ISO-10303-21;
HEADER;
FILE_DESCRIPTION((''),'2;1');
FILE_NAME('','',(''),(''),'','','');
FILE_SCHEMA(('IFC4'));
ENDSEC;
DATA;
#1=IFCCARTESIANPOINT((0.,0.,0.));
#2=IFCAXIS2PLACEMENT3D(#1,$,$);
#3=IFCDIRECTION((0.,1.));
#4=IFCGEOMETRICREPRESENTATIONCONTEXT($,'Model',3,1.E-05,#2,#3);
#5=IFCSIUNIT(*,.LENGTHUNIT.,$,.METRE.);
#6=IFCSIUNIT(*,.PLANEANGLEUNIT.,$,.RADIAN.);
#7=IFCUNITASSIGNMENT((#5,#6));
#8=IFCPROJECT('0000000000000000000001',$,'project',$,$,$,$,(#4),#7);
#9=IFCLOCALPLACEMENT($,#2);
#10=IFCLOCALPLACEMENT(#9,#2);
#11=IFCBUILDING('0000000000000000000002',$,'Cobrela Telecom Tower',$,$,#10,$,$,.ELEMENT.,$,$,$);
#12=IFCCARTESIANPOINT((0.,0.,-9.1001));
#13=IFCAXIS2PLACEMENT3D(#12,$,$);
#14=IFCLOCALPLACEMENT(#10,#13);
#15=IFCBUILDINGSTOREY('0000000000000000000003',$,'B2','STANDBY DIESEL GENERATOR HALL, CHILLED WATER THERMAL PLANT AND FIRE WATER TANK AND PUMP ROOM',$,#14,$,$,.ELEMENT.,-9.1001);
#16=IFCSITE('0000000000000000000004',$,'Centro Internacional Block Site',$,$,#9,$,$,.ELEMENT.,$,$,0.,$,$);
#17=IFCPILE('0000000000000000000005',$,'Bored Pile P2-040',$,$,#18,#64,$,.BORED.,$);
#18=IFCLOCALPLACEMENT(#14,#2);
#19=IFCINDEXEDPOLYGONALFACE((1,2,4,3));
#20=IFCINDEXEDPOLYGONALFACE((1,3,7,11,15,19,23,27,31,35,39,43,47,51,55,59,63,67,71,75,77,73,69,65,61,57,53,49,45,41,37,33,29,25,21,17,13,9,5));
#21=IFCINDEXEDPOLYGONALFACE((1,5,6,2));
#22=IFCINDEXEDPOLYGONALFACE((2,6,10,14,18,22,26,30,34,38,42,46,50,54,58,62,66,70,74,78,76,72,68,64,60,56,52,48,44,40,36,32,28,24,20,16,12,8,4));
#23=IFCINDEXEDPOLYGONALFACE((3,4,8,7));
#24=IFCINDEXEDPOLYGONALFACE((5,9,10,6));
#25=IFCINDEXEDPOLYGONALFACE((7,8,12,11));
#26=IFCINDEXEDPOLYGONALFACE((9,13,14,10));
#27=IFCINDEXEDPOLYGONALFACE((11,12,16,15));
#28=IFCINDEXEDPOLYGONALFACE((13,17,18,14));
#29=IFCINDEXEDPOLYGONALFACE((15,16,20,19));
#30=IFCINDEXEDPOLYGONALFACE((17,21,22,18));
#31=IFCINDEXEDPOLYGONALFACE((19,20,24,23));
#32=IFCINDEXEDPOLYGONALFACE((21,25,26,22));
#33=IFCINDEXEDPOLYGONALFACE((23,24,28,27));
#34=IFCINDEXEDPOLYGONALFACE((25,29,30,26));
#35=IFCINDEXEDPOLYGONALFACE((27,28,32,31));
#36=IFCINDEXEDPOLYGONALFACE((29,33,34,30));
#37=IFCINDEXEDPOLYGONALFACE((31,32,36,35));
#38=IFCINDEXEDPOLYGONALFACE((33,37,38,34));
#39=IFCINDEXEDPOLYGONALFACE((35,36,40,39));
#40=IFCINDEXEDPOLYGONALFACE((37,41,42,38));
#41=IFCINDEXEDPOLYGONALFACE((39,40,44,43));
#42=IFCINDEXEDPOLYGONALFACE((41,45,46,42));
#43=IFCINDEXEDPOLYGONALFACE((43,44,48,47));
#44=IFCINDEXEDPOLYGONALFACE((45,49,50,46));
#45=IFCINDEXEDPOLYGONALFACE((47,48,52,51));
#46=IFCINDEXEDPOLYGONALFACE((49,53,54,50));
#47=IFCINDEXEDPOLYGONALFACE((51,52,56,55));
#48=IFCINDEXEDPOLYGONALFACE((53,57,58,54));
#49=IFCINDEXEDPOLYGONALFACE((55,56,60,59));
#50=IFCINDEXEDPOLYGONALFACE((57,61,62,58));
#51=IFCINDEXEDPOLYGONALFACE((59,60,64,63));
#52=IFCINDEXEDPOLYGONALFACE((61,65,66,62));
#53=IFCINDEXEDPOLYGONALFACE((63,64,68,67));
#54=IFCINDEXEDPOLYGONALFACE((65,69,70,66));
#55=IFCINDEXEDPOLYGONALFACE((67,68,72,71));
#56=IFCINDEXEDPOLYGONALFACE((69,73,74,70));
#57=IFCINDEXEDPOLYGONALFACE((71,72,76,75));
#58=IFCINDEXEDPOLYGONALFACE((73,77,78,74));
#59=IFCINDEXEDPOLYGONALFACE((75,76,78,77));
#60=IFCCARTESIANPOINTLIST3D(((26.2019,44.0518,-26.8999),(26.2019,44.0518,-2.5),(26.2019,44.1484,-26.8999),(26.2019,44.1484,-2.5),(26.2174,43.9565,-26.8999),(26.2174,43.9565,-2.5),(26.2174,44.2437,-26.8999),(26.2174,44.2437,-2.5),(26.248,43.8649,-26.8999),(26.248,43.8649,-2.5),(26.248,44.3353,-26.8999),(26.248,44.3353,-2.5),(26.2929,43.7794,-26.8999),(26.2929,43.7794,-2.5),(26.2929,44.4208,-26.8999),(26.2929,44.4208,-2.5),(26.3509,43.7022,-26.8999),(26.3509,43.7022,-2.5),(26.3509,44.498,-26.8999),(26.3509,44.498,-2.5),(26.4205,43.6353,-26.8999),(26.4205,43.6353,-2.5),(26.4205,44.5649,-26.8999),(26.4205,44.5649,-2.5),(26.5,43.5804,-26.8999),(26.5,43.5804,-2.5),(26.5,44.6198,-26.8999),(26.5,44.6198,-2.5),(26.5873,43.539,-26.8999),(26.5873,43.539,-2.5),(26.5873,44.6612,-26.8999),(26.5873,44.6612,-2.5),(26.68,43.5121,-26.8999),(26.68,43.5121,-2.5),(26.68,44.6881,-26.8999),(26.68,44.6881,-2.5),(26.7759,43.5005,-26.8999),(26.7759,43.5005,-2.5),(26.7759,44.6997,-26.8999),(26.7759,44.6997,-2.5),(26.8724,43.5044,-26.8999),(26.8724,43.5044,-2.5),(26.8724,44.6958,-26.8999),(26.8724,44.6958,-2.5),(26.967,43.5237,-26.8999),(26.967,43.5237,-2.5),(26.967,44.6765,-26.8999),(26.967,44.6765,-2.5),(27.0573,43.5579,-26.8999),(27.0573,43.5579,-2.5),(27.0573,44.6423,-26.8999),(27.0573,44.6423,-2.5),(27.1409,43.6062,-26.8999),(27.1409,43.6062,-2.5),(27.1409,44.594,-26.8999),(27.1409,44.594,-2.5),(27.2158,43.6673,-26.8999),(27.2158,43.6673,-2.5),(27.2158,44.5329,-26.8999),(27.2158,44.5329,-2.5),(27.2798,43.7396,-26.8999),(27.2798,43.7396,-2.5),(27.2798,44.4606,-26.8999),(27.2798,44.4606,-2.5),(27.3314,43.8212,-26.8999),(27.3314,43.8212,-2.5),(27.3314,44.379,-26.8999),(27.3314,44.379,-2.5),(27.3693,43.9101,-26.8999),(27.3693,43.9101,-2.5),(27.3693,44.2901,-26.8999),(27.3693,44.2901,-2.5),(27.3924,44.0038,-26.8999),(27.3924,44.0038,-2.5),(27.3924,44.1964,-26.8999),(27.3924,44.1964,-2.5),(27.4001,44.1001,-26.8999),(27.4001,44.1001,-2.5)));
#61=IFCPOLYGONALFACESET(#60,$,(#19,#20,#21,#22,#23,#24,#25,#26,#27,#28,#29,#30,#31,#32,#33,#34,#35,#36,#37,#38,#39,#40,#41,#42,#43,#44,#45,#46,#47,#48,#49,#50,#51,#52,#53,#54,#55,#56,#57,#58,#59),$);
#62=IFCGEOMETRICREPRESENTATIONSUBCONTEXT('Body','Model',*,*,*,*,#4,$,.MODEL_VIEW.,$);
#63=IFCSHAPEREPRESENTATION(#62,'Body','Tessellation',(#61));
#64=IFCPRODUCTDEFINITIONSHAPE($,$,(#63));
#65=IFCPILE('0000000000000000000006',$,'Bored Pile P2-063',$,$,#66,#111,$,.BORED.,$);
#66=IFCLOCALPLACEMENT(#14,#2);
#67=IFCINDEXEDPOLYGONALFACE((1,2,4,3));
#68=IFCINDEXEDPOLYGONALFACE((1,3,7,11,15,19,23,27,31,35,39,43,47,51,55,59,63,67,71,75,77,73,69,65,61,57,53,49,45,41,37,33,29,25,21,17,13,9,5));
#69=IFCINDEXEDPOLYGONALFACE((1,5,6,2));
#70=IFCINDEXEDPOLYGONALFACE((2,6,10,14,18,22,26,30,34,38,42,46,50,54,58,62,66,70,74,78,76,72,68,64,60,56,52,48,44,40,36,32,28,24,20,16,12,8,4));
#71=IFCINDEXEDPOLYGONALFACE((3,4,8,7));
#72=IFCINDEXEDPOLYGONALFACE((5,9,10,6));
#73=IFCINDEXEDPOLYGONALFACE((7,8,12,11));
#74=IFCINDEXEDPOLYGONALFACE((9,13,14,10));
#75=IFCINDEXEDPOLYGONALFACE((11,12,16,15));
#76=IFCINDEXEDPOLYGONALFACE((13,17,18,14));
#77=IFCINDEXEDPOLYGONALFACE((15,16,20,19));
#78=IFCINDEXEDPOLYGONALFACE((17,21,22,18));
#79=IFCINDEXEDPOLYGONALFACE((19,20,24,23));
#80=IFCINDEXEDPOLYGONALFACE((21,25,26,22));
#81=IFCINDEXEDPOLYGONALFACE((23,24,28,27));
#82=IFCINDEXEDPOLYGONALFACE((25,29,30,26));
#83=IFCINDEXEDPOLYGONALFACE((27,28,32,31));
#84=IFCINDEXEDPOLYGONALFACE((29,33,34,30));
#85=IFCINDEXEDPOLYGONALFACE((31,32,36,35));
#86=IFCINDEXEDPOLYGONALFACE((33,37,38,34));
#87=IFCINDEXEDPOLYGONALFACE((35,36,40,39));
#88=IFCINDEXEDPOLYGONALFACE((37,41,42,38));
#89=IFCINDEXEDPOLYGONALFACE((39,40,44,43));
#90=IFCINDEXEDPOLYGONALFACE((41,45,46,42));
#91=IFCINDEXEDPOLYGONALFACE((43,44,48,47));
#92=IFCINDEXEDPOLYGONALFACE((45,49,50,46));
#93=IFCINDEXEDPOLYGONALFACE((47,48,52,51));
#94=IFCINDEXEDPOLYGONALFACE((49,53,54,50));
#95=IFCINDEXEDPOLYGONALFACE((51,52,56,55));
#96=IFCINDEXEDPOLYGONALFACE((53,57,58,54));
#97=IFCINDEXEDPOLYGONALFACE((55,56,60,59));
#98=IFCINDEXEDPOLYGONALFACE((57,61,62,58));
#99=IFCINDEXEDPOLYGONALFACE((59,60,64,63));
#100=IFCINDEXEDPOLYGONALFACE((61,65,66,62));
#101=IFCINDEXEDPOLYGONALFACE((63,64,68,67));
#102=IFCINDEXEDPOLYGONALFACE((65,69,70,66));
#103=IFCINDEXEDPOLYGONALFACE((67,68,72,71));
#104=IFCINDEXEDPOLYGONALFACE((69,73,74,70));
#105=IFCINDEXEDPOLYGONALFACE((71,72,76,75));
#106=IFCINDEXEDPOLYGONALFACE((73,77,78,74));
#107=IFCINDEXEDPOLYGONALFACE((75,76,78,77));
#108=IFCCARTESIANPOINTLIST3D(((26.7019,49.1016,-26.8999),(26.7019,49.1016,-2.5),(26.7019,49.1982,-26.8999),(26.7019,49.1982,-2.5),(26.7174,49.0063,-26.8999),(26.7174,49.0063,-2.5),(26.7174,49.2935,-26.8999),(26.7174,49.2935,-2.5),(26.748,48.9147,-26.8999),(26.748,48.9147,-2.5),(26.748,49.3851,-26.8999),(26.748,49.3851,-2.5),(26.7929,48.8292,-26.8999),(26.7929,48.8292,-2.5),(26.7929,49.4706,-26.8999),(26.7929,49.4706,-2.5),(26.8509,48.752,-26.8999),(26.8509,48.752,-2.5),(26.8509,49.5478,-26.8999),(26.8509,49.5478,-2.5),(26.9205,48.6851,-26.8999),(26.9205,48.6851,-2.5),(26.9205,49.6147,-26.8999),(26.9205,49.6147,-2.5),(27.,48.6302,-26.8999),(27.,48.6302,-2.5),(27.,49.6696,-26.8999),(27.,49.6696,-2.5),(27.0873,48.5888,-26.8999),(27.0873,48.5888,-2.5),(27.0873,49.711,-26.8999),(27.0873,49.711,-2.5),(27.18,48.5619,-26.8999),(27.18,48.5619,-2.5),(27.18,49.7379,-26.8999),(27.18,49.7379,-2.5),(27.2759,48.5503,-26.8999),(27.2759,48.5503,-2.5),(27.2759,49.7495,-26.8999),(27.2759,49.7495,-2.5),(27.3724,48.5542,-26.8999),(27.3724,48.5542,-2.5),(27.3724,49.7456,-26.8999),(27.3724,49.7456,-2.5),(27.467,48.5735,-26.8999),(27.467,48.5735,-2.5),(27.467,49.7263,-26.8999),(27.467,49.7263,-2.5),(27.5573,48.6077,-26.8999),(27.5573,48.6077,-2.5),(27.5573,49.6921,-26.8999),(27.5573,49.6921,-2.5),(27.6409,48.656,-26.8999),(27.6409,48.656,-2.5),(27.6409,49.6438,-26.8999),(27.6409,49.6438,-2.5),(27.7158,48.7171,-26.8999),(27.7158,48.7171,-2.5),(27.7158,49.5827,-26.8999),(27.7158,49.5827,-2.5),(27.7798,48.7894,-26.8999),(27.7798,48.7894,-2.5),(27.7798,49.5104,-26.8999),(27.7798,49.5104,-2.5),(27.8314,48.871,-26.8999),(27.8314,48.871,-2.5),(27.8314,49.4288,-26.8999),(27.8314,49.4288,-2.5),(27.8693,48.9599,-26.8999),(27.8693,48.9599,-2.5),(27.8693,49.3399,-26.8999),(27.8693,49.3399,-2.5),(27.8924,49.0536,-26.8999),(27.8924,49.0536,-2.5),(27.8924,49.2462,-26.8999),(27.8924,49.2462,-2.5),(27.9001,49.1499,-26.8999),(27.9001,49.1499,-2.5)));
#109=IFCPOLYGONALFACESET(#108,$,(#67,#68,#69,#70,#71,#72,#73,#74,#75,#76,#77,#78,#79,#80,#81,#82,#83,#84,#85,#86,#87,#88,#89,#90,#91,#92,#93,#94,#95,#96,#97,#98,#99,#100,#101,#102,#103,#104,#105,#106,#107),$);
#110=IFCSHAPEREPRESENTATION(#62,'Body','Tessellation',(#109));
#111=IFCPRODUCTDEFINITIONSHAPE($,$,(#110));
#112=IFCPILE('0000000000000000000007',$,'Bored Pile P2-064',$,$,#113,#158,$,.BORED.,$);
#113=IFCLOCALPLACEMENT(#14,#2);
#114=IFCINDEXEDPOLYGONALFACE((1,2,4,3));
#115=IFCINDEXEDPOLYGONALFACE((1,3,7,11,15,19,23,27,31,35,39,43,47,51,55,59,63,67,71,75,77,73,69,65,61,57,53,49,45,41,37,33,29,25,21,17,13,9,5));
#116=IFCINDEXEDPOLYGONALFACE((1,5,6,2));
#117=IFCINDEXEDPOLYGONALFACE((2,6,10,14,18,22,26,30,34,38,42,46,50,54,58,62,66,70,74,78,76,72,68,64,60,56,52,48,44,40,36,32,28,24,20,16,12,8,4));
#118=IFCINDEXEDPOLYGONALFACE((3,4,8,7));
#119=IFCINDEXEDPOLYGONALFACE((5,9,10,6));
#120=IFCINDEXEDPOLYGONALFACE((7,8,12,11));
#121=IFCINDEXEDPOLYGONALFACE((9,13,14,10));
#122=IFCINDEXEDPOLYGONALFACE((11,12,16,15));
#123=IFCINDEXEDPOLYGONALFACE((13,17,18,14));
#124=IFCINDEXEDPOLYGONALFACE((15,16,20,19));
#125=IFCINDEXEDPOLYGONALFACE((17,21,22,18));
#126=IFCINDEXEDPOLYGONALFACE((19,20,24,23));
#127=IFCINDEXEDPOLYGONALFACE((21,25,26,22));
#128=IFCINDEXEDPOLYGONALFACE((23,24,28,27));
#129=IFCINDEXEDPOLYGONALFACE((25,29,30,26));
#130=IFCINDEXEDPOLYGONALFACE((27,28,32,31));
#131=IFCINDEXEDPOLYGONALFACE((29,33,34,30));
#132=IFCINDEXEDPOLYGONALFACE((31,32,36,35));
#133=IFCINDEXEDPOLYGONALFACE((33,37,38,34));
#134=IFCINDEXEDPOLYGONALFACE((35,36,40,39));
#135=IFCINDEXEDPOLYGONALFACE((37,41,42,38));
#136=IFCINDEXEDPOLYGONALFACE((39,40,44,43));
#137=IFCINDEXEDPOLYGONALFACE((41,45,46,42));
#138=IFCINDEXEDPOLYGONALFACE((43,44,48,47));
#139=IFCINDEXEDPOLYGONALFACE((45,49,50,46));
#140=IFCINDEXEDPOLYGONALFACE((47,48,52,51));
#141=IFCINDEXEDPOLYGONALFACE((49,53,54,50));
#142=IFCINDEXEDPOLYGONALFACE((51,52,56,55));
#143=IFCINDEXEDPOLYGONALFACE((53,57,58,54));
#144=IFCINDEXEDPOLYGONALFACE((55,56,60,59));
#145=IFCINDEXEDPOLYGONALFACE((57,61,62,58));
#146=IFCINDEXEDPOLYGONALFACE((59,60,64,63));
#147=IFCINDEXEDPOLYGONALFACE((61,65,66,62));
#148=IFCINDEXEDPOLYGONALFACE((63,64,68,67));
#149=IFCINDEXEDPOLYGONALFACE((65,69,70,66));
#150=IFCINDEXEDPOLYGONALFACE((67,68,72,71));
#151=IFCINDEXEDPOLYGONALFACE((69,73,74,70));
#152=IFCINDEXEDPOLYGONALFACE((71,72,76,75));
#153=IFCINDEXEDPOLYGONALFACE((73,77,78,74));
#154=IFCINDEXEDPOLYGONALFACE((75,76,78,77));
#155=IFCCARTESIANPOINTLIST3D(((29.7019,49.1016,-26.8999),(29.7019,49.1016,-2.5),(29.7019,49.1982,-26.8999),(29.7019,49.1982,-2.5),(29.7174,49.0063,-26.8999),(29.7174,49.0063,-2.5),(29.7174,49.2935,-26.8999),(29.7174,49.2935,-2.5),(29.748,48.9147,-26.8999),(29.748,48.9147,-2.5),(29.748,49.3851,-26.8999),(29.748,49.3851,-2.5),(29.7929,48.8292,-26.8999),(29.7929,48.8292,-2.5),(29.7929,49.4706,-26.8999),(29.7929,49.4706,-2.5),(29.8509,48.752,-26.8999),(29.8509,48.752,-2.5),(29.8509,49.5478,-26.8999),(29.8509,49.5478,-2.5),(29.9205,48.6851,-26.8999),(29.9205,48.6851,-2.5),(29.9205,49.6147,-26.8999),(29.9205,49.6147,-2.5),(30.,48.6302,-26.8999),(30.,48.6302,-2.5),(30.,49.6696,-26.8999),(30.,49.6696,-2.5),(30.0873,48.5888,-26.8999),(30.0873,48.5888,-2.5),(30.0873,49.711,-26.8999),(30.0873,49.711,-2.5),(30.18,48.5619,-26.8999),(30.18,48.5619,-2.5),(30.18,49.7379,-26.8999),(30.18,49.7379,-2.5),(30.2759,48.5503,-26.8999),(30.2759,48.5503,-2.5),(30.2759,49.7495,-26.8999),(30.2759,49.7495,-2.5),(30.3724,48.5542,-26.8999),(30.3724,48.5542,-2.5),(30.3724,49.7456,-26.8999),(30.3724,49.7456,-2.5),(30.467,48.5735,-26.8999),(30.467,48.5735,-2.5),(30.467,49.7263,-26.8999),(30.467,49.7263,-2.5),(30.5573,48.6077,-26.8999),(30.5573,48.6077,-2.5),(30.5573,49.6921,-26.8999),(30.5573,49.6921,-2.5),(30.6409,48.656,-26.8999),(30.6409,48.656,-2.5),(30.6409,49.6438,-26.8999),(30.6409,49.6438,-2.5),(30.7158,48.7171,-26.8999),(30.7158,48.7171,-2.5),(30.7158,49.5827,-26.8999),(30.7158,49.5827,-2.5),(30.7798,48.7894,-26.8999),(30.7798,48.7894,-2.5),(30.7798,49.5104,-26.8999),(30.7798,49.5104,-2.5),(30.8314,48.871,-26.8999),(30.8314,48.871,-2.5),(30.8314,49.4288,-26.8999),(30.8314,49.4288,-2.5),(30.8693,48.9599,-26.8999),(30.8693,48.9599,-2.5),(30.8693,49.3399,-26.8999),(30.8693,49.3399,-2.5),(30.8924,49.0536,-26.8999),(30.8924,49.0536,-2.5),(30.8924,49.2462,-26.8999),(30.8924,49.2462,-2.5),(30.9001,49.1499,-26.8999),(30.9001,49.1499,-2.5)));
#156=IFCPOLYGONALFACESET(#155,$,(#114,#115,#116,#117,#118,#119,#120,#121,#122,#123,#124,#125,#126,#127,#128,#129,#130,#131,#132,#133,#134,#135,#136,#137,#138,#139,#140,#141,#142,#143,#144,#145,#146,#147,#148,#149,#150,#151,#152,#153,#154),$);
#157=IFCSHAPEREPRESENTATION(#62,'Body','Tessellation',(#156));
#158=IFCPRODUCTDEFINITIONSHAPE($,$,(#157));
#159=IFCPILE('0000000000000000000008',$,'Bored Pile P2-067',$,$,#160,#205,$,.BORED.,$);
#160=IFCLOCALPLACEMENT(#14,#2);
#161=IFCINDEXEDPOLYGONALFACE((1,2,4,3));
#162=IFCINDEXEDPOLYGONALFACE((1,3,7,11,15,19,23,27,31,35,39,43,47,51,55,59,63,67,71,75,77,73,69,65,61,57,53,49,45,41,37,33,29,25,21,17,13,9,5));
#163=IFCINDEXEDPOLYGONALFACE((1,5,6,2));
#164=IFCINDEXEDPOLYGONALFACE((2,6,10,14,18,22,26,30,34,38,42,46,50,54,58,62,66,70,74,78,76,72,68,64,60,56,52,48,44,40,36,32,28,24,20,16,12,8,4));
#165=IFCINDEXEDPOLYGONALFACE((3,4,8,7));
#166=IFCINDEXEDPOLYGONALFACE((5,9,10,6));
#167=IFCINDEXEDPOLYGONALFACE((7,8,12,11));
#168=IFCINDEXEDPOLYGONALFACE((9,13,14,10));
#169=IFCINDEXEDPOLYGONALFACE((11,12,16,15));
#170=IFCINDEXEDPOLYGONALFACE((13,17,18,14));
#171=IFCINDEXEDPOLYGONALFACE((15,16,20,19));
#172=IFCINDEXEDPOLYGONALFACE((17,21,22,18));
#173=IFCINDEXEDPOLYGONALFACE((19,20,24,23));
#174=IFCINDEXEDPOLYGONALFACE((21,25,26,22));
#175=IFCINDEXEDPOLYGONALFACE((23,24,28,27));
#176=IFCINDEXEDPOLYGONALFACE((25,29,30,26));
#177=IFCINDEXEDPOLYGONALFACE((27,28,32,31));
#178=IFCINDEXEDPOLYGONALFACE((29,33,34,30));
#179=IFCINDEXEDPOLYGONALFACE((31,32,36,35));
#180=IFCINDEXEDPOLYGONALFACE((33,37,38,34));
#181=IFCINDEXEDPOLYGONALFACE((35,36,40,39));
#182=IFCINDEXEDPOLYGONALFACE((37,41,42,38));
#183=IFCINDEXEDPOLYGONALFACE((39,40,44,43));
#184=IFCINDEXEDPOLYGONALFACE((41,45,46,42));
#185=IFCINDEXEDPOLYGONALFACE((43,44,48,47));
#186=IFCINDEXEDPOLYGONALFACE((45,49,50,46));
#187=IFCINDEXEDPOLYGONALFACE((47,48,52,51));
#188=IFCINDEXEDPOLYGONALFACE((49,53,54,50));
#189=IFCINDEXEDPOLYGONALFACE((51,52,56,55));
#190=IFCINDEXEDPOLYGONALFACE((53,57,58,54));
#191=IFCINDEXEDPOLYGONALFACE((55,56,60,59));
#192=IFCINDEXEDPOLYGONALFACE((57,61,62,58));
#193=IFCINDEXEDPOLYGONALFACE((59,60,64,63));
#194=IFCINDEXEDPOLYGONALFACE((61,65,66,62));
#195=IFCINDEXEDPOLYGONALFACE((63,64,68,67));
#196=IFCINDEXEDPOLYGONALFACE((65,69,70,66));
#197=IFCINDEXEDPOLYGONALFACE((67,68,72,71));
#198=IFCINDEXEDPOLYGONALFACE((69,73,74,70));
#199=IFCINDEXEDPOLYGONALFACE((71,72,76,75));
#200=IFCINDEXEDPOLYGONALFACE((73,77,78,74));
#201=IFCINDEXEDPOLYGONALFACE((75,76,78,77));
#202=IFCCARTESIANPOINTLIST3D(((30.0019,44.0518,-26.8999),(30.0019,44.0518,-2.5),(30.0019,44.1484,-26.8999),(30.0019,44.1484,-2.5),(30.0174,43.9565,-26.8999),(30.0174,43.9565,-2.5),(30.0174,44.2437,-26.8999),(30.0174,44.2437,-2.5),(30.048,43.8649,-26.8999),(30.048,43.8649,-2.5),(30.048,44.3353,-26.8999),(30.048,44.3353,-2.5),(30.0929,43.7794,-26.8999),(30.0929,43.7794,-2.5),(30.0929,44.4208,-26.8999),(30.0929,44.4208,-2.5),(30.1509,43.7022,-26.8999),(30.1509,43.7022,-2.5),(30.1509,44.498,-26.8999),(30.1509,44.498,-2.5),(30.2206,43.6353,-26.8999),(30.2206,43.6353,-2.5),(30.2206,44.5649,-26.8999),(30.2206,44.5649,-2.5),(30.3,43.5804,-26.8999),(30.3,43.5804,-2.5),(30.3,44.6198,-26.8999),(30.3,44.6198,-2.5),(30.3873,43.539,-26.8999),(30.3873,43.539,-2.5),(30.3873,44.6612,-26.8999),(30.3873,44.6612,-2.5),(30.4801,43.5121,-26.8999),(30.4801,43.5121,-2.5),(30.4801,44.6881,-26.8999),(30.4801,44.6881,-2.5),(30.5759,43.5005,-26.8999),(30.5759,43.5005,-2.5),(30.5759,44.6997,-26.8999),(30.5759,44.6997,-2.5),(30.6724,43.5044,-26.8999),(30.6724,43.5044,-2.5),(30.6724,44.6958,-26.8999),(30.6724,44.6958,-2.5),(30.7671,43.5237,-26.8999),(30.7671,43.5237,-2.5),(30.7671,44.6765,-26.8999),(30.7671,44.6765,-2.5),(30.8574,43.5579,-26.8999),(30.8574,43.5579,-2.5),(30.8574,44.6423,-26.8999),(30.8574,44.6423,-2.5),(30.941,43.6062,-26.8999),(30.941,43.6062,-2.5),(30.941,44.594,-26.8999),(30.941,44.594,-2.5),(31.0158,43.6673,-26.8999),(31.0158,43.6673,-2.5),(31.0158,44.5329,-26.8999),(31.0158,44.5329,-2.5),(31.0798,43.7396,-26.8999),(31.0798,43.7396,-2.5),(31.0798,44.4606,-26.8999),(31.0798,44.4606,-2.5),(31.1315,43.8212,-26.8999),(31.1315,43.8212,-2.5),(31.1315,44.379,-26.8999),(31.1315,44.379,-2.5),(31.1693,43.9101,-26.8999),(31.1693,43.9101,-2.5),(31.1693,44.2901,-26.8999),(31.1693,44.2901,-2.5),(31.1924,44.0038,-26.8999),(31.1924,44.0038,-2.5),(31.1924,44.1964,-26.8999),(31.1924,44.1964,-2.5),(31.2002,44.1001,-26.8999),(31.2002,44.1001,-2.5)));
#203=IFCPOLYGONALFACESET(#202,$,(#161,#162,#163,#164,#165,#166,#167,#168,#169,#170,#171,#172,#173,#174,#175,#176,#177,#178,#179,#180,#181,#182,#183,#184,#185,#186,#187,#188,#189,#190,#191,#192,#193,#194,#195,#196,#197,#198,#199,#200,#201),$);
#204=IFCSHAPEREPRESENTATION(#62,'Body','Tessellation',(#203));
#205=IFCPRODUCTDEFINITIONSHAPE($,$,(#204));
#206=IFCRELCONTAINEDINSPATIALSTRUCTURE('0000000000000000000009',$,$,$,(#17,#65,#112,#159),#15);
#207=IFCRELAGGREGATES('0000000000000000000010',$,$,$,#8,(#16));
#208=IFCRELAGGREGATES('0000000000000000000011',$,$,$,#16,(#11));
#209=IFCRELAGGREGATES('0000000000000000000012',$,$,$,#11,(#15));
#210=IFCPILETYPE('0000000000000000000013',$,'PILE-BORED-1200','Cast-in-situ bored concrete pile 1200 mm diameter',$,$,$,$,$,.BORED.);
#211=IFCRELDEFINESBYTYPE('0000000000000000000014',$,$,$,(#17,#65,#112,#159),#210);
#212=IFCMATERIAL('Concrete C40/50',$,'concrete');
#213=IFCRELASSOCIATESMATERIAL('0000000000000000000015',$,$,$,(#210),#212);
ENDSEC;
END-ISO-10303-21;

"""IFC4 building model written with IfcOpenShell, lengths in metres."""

from ifc_helpers import new_model, si_unit, direction, frame, origin, origin_2d, place, context, subcontext, project, spatial, circle, extrude, material, material_profile, profile_set, type_object, element, save


model = new_model("IFC4")

# Units and contexts
model_context = context("Model", 3, precision=1e-05, world=origin(), true_north=direction((0.0, 1.0)))
body_context = subcontext(model_context, "Body", "Model", "MODEL_VIEW")
ifc_project = project(units=[si_unit("LENGTHUNIT", "METRE"), si_unit("PLANEANGLEUNIT", "RADIAN")], contexts=[model_context])

# Site, building, storey
site_placement = place(None, origin())
site = spatial("IfcSite", under=ifc_project, at=site_placement, Name="Centro Internacional Block Site", CompositionType="ELEMENT", RefElevation=0.0)
building_placement = place(site_placement, origin())
building = spatial("IfcBuilding", under=site, at=building_placement, Name="Cobrela Telecom Tower", CompositionType="ELEMENT")
storey_placement = place(building_placement, frame((0.0, 0.0, -9.1001)))
storey = spatial("IfcBuildingStorey", under=building, at=storey_placement, Name="B2", Description="STANDBY DIESEL GENERATOR HALL, CHILLED WATER THERMAL PLANT AND FIRE WATER TANK AND PUMP ROOM", CompositionType="ELEMENT", Elevation=-9.1001)

# Shared definitions
ifc_material_1 = material(Name="Concrete C40/50", Category="concrete")

# Piles
ifc_material_profile_1 = material_profile(ifc_material_1, circle(Radius=0.6001, at=origin_2d()), Name="BORED PILE D1200")
ifc_profile_set_1 = profile_set([ifc_material_profile_1], Name="Concrete C40/50")
pile_type = type_object("IfcPileType", Name="PILE-BORED-1200", Description="Cast-in-situ bored concrete pile 1200 mm diameter", PredefinedType="BORED", material=ifc_profile_set_1)
for number, where, z_axis, x_axis, name in (
    (1, (26.8, 44.1001, -2.5), (0.0, 0.0, -1.0), (1.0, 0.0, 0.0), "Bored Pile P2-040"),
    (2, (27.3, 49.1499, -2.5), (0.0, 0.0, -1.0), (1.0, 0.0, 0.0), "Bored Pile P2-063"),
    (3, (30.3, 49.1499, -2.5), (0.0, 0.0, -1.0), (1.0, 0.0, 0.0), "Bored Pile P2-064"),
    (4, (30.6001, 44.1001, -2.5), (0.0, 0.0, -1.0), (1.0, 0.0, 0.0), "Bored Pile P2-067"),
):
    element("IfcPile", number, at=place(storey_placement, frame(where, z_axis=z_axis, x_axis=x_axis)), inside=storey, type_object=pile_type, Name=name, PredefinedType="BORED", context=body_context, shape_type="SweptSolid", body=[
        extrude(circle(Radius=0.6001, at=origin_2d()), origin(), (0.0, 0.0, 1.0), 24.3999),
    ])

save(model, "model.ifc")
